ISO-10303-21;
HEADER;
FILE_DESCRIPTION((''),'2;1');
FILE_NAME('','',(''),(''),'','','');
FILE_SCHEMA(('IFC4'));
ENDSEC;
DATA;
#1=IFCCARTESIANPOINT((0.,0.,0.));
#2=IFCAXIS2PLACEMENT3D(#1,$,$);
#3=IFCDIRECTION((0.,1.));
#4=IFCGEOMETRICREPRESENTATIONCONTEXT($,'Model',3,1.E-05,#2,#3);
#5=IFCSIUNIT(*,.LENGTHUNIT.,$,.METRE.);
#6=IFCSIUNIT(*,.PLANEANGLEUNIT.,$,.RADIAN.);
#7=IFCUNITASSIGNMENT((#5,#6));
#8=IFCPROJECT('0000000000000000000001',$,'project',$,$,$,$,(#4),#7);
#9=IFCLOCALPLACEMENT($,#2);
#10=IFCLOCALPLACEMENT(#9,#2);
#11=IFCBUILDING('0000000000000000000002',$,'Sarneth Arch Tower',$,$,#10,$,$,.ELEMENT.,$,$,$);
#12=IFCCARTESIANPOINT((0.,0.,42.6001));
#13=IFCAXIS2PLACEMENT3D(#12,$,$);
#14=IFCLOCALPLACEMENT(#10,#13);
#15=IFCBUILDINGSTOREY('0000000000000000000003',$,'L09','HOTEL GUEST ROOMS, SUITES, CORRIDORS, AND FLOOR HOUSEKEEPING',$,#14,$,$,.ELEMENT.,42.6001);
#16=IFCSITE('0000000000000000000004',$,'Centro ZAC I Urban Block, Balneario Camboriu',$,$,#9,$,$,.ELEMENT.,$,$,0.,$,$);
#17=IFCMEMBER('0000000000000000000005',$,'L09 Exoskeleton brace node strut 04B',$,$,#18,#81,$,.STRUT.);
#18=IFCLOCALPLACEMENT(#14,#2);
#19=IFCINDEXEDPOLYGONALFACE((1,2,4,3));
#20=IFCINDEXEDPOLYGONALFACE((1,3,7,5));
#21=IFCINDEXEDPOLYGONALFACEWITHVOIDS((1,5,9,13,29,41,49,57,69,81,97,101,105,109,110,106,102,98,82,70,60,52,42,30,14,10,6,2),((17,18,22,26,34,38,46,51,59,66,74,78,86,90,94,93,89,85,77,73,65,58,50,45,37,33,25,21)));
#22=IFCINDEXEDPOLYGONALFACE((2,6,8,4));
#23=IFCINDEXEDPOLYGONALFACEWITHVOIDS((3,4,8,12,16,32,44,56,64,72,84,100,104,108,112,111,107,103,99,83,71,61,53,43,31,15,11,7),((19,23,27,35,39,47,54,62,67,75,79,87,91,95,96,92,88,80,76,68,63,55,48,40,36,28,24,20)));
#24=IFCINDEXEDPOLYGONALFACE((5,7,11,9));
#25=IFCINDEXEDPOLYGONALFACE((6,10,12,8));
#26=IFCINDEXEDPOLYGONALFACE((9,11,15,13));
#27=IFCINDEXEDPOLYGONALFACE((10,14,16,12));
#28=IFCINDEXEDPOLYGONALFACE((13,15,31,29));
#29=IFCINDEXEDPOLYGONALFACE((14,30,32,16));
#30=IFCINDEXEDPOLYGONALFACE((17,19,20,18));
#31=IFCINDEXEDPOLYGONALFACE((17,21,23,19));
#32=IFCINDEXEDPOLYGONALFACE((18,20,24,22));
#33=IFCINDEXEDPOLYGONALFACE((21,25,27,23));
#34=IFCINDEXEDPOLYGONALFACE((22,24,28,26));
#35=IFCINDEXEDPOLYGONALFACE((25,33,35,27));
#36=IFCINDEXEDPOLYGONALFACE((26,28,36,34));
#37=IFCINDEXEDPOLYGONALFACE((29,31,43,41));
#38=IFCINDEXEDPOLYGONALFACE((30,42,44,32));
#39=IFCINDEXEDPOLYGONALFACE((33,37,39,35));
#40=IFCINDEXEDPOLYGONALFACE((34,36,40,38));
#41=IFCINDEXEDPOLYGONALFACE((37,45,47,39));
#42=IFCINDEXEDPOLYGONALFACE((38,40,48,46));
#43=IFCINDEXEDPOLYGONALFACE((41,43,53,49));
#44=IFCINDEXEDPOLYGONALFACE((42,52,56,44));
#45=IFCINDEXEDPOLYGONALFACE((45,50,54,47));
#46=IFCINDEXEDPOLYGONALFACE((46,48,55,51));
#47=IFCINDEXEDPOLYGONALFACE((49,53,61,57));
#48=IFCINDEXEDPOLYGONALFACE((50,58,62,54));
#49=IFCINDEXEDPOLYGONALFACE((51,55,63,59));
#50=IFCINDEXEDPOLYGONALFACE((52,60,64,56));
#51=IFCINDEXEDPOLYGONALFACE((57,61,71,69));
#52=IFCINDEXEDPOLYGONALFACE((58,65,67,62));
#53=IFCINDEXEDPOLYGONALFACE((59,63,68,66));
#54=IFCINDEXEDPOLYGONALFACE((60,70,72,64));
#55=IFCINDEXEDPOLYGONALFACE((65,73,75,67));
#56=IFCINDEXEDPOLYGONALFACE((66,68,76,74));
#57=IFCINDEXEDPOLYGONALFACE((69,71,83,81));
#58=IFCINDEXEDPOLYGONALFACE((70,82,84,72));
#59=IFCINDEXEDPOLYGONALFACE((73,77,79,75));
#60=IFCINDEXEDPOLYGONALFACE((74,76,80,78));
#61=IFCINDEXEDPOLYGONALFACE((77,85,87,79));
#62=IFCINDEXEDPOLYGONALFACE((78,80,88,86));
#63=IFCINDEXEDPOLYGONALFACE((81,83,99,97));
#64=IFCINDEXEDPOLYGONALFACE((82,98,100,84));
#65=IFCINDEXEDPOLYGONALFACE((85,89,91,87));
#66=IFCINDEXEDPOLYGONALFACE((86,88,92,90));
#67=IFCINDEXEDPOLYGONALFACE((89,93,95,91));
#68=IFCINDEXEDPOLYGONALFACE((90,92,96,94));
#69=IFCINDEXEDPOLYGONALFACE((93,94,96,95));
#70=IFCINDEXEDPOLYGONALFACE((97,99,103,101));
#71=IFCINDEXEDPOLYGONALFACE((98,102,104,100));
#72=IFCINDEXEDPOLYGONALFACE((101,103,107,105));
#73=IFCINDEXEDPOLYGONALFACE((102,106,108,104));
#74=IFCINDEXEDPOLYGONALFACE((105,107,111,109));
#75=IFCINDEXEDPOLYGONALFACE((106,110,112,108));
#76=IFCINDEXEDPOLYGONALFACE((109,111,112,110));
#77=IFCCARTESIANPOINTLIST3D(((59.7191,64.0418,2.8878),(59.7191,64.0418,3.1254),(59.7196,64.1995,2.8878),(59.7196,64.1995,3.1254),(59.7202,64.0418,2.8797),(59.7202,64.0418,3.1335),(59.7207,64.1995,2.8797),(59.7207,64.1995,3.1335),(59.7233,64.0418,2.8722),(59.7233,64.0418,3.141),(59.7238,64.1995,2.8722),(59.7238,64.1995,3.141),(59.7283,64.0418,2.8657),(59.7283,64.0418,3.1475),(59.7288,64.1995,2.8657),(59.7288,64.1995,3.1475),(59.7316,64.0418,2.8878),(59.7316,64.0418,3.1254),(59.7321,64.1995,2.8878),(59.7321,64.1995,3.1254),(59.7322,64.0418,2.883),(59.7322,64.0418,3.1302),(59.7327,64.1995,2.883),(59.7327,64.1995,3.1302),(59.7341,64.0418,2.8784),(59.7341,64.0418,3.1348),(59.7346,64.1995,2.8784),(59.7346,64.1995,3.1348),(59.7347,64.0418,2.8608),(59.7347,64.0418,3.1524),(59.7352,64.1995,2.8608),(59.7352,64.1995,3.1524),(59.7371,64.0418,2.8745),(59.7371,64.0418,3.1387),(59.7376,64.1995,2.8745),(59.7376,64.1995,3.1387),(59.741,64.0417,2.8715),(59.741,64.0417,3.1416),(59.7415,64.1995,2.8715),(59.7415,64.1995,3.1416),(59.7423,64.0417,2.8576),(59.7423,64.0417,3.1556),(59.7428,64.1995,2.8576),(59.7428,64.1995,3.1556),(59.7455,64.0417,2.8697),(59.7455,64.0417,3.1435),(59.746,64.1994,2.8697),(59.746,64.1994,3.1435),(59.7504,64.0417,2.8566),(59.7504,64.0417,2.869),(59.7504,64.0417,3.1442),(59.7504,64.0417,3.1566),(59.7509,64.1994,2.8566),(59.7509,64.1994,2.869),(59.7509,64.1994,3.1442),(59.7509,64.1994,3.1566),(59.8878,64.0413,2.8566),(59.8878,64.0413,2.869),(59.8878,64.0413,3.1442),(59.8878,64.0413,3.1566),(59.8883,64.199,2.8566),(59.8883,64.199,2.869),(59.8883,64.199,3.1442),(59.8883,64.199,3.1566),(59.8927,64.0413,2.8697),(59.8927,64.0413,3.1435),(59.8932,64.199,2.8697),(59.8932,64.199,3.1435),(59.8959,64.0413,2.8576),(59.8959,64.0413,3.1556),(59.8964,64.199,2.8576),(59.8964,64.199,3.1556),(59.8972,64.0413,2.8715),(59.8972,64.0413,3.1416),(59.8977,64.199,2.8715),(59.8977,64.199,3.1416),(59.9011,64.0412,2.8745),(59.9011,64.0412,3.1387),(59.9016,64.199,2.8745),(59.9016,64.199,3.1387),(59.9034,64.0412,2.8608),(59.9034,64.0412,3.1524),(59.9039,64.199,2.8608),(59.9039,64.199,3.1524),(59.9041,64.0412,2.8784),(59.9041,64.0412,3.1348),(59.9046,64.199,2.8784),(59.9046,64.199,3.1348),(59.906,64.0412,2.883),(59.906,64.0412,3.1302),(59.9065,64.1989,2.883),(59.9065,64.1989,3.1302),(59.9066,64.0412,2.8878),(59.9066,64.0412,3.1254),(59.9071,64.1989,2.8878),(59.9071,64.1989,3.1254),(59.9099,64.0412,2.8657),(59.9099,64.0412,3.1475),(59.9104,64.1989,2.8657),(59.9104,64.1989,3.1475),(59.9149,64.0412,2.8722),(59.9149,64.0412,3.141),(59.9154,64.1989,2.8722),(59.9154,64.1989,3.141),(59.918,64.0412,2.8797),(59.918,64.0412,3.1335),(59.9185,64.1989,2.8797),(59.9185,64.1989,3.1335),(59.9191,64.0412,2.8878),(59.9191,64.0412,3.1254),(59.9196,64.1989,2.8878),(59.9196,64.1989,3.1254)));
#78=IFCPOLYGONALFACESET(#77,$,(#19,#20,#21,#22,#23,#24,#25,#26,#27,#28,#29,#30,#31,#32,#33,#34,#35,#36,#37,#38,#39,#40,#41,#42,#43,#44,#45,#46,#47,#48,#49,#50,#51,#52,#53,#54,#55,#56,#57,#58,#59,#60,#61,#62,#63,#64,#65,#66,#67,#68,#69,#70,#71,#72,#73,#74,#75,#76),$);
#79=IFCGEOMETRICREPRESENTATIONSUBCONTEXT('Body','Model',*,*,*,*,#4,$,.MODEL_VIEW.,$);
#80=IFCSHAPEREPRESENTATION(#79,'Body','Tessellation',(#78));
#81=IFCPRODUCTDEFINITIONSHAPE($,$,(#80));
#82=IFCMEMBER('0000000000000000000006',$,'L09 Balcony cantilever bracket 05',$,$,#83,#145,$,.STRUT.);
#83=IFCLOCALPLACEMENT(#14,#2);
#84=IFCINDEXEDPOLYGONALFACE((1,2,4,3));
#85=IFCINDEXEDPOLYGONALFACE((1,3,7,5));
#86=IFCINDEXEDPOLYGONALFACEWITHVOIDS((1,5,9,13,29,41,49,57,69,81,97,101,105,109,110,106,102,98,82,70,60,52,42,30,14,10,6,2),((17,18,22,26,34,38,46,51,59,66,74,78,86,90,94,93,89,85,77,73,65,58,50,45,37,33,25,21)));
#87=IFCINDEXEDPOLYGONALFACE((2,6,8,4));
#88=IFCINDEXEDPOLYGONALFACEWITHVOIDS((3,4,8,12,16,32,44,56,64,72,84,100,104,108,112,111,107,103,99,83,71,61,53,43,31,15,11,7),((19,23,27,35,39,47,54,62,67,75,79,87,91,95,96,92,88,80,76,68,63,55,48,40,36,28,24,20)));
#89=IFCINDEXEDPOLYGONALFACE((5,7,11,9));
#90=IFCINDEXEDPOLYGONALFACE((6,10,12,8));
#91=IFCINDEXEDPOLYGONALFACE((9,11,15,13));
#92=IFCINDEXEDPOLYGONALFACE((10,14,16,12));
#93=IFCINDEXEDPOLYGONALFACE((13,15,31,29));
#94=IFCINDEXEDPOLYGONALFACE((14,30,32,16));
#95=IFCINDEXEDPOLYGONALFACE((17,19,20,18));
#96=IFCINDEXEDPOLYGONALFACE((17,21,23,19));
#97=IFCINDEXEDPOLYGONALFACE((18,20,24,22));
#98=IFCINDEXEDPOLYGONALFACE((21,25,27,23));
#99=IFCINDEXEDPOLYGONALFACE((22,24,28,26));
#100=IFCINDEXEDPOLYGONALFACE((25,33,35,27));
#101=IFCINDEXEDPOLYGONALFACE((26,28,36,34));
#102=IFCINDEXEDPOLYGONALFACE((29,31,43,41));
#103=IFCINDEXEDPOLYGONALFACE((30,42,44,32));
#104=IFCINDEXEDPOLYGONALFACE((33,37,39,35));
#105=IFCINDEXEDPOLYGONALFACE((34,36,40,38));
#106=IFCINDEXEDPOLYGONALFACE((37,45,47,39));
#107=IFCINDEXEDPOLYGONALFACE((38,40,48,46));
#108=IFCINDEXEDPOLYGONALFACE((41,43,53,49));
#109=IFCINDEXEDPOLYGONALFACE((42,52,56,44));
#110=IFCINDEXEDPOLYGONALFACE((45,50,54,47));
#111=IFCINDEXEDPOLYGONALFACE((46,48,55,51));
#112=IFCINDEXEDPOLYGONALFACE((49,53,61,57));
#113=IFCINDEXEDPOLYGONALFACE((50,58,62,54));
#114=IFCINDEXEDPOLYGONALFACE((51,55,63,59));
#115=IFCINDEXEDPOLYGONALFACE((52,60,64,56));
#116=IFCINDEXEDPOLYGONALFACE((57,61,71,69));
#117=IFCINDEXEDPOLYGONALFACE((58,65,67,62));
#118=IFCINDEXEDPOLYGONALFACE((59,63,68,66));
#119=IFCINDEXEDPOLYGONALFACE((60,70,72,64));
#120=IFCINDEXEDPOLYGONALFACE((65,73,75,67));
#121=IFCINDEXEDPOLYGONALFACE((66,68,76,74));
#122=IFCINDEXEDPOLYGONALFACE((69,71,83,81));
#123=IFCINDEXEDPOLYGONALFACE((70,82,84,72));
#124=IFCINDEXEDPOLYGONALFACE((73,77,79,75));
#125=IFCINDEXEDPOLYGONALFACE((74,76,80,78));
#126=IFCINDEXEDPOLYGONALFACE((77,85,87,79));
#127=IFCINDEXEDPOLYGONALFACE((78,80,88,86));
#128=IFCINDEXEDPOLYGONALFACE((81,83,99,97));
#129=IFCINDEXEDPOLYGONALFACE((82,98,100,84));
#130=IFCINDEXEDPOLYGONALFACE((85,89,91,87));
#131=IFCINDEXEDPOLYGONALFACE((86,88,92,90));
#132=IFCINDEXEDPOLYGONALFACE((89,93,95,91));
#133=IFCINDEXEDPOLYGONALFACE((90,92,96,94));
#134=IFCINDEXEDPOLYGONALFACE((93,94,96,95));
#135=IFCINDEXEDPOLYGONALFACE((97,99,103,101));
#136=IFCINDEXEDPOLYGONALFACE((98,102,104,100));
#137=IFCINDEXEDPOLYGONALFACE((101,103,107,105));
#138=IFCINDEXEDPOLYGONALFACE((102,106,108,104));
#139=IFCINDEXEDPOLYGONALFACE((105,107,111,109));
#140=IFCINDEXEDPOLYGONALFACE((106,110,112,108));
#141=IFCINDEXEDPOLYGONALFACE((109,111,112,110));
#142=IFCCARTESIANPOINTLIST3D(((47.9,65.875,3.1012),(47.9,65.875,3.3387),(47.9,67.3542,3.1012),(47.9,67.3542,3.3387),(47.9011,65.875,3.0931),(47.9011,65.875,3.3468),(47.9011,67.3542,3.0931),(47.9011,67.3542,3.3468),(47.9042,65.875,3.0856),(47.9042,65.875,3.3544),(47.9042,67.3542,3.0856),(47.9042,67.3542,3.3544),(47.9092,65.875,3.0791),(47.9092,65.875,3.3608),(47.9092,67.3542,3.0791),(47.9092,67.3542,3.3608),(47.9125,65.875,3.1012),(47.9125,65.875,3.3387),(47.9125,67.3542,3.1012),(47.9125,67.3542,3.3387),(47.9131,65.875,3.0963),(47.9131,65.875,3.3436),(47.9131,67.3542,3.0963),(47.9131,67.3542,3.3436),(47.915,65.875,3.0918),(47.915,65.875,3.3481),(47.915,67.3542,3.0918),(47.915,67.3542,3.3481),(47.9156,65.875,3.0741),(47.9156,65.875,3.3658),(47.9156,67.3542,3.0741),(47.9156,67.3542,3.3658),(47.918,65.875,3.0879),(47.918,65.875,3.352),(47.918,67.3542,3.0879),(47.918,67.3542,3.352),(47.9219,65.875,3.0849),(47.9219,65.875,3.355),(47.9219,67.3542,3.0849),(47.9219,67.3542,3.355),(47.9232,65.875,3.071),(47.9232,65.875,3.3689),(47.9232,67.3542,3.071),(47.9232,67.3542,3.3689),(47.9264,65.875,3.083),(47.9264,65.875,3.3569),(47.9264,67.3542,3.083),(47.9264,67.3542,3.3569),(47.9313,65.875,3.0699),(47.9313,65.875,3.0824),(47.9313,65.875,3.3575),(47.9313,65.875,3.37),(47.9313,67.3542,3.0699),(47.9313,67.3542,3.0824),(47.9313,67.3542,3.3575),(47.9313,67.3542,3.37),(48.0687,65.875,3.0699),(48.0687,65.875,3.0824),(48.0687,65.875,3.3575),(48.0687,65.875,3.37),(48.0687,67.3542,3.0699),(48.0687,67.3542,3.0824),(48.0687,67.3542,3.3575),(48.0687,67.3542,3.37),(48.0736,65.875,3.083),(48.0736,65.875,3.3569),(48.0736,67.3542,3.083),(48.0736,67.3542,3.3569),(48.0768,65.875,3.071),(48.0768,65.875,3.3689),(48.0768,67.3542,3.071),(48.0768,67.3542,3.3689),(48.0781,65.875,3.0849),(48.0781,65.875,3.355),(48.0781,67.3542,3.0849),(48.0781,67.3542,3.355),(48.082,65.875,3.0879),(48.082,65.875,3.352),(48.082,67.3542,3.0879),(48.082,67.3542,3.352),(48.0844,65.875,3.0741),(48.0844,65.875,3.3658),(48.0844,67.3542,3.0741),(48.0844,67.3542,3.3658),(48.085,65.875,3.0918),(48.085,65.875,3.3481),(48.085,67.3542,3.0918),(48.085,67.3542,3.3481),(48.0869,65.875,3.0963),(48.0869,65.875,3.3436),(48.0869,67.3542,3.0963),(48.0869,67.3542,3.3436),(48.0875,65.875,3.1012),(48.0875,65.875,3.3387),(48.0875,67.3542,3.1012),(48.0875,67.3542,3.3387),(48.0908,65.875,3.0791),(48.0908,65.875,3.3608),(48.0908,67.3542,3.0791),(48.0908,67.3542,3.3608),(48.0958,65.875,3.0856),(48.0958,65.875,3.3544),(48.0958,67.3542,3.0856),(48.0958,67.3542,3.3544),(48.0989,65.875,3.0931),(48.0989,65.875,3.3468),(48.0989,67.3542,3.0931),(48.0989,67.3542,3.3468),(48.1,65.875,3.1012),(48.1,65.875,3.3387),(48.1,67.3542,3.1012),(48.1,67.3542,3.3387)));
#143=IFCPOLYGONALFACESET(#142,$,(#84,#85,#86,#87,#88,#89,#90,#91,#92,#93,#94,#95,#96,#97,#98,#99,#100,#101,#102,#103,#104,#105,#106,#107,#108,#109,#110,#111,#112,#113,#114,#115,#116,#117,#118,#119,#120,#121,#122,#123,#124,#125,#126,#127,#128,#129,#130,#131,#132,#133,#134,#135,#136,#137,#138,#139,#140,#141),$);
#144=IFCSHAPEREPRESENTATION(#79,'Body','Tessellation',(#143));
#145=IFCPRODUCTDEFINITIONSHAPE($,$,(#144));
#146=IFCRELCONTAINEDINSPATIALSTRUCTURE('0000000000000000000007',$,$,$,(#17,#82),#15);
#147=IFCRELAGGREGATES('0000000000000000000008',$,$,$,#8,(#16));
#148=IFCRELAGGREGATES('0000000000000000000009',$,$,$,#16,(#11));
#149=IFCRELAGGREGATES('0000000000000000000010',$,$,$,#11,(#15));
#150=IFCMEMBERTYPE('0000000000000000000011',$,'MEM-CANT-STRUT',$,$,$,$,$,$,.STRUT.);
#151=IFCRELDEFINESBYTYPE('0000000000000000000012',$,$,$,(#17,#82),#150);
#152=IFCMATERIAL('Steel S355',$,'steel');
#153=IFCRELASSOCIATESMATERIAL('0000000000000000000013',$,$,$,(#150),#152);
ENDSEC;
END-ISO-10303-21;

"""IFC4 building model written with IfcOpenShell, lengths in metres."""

from ifc_helpers import new_model, si_unit, direction, frame, origin, origin_2d, place, context, subcontext, project, spatial, hollow_rectangle, extrude, material, material_profile, profile_set, type_object, element, save


model = new_model("IFC4")

# Units and contexts
model_context = context("Model", 3, precision=1e-05, world=origin(), true_north=direction((0.0, 1.0)))
body_context = subcontext(model_context, "Body", "Model", "MODEL_VIEW")
ifc_project = project(units=[si_unit("LENGTHUNIT", "METRE"), si_unit("PLANEANGLEUNIT", "RADIAN")], contexts=[model_context])

# Site, building, storey
site_placement = place(None, origin())
site = spatial("IfcSite", under=ifc_project, at=site_placement, Name="Centro ZAC I Urban Block, Balneario Camboriu", CompositionType="ELEMENT", RefElevation=0.0)
building_placement = place(site_placement, origin())
building = spatial("IfcBuilding", under=site, at=building_placement, Name="Sarneth Arch Tower", CompositionType="ELEMENT")
storey_placement = place(building_placement, frame((0.0, 0.0, 42.6001)))
storey = spatial("IfcBuildingStorey", under=building, at=storey_placement, Name="L09", Description="HOTEL GUEST ROOMS, SUITES, CORRIDORS, AND FLOOR HOUSEKEEPING", CompositionType="ELEMENT", Elevation=42.6001)

# Members
ifc_material_1 = material(Name="Steel S355", Category="steel")
ifc_material_profile_1 = material_profile(ifc_material_1, hollow_rectangle(XDim=0.2, YDim=0.3, WallThickness=0.0125, InnerFilletRadius=0.0188, OuterFilletRadius=0.0312, at=origin_2d()), Name="RHS300x200x12.5")
ifc_profile_set_1 = profile_set([ifc_material_profile_1], Name="Steel S355")
member_type_1 = type_object("IfcMemberType", Name="MEM-CANT-STRUT", PredefinedType="STRUT", material=ifc_profile_set_1)
member_1_placement = place(storey_placement, frame((59.8191, 64.0415, 3.0066), z_axis=(0.003096, 0.999995, 0.0), x_axis=(-0.999995, 0.003096, 0.0)))
element("IfcMember", 1, at=member_1_placement, inside=storey, type_object=member_type_1, Name="L09 Exoskeleton brace node strut 04B", PredefinedType="STRUT", context=body_context, shape_type="SweptSolid", body=[
    extrude(hollow_rectangle(XDim=0.2, YDim=0.3, WallThickness=0.0125, InnerFilletRadius=0.0188, OuterFilletRadius=0.0312, at=origin_2d()), origin(), (0.0, 0.0, 1.0), 0.1577),
])
member_2_placement = place(storey_placement, frame((48.0, 65.875, 3.22), z_axis=(0.0, 1.0, 0.0), x_axis=(-1.0, 0.0, 0.0)))
element("IfcMember", 2, at=member_2_placement, inside=storey, type_object=member_type_1, Name="L09 Balcony cantilever bracket 05", PredefinedType="STRUT", context=body_context, shape_type="SweptSolid", body=[
    extrude(hollow_rectangle(XDim=0.2, YDim=0.3, WallThickness=0.0125, InnerFilletRadius=0.0188, OuterFilletRadius=0.0312, at=origin_2d()), origin(), (0.0, 0.0, 1.0), 1.4792),
])

save(model, "model.ifc")
